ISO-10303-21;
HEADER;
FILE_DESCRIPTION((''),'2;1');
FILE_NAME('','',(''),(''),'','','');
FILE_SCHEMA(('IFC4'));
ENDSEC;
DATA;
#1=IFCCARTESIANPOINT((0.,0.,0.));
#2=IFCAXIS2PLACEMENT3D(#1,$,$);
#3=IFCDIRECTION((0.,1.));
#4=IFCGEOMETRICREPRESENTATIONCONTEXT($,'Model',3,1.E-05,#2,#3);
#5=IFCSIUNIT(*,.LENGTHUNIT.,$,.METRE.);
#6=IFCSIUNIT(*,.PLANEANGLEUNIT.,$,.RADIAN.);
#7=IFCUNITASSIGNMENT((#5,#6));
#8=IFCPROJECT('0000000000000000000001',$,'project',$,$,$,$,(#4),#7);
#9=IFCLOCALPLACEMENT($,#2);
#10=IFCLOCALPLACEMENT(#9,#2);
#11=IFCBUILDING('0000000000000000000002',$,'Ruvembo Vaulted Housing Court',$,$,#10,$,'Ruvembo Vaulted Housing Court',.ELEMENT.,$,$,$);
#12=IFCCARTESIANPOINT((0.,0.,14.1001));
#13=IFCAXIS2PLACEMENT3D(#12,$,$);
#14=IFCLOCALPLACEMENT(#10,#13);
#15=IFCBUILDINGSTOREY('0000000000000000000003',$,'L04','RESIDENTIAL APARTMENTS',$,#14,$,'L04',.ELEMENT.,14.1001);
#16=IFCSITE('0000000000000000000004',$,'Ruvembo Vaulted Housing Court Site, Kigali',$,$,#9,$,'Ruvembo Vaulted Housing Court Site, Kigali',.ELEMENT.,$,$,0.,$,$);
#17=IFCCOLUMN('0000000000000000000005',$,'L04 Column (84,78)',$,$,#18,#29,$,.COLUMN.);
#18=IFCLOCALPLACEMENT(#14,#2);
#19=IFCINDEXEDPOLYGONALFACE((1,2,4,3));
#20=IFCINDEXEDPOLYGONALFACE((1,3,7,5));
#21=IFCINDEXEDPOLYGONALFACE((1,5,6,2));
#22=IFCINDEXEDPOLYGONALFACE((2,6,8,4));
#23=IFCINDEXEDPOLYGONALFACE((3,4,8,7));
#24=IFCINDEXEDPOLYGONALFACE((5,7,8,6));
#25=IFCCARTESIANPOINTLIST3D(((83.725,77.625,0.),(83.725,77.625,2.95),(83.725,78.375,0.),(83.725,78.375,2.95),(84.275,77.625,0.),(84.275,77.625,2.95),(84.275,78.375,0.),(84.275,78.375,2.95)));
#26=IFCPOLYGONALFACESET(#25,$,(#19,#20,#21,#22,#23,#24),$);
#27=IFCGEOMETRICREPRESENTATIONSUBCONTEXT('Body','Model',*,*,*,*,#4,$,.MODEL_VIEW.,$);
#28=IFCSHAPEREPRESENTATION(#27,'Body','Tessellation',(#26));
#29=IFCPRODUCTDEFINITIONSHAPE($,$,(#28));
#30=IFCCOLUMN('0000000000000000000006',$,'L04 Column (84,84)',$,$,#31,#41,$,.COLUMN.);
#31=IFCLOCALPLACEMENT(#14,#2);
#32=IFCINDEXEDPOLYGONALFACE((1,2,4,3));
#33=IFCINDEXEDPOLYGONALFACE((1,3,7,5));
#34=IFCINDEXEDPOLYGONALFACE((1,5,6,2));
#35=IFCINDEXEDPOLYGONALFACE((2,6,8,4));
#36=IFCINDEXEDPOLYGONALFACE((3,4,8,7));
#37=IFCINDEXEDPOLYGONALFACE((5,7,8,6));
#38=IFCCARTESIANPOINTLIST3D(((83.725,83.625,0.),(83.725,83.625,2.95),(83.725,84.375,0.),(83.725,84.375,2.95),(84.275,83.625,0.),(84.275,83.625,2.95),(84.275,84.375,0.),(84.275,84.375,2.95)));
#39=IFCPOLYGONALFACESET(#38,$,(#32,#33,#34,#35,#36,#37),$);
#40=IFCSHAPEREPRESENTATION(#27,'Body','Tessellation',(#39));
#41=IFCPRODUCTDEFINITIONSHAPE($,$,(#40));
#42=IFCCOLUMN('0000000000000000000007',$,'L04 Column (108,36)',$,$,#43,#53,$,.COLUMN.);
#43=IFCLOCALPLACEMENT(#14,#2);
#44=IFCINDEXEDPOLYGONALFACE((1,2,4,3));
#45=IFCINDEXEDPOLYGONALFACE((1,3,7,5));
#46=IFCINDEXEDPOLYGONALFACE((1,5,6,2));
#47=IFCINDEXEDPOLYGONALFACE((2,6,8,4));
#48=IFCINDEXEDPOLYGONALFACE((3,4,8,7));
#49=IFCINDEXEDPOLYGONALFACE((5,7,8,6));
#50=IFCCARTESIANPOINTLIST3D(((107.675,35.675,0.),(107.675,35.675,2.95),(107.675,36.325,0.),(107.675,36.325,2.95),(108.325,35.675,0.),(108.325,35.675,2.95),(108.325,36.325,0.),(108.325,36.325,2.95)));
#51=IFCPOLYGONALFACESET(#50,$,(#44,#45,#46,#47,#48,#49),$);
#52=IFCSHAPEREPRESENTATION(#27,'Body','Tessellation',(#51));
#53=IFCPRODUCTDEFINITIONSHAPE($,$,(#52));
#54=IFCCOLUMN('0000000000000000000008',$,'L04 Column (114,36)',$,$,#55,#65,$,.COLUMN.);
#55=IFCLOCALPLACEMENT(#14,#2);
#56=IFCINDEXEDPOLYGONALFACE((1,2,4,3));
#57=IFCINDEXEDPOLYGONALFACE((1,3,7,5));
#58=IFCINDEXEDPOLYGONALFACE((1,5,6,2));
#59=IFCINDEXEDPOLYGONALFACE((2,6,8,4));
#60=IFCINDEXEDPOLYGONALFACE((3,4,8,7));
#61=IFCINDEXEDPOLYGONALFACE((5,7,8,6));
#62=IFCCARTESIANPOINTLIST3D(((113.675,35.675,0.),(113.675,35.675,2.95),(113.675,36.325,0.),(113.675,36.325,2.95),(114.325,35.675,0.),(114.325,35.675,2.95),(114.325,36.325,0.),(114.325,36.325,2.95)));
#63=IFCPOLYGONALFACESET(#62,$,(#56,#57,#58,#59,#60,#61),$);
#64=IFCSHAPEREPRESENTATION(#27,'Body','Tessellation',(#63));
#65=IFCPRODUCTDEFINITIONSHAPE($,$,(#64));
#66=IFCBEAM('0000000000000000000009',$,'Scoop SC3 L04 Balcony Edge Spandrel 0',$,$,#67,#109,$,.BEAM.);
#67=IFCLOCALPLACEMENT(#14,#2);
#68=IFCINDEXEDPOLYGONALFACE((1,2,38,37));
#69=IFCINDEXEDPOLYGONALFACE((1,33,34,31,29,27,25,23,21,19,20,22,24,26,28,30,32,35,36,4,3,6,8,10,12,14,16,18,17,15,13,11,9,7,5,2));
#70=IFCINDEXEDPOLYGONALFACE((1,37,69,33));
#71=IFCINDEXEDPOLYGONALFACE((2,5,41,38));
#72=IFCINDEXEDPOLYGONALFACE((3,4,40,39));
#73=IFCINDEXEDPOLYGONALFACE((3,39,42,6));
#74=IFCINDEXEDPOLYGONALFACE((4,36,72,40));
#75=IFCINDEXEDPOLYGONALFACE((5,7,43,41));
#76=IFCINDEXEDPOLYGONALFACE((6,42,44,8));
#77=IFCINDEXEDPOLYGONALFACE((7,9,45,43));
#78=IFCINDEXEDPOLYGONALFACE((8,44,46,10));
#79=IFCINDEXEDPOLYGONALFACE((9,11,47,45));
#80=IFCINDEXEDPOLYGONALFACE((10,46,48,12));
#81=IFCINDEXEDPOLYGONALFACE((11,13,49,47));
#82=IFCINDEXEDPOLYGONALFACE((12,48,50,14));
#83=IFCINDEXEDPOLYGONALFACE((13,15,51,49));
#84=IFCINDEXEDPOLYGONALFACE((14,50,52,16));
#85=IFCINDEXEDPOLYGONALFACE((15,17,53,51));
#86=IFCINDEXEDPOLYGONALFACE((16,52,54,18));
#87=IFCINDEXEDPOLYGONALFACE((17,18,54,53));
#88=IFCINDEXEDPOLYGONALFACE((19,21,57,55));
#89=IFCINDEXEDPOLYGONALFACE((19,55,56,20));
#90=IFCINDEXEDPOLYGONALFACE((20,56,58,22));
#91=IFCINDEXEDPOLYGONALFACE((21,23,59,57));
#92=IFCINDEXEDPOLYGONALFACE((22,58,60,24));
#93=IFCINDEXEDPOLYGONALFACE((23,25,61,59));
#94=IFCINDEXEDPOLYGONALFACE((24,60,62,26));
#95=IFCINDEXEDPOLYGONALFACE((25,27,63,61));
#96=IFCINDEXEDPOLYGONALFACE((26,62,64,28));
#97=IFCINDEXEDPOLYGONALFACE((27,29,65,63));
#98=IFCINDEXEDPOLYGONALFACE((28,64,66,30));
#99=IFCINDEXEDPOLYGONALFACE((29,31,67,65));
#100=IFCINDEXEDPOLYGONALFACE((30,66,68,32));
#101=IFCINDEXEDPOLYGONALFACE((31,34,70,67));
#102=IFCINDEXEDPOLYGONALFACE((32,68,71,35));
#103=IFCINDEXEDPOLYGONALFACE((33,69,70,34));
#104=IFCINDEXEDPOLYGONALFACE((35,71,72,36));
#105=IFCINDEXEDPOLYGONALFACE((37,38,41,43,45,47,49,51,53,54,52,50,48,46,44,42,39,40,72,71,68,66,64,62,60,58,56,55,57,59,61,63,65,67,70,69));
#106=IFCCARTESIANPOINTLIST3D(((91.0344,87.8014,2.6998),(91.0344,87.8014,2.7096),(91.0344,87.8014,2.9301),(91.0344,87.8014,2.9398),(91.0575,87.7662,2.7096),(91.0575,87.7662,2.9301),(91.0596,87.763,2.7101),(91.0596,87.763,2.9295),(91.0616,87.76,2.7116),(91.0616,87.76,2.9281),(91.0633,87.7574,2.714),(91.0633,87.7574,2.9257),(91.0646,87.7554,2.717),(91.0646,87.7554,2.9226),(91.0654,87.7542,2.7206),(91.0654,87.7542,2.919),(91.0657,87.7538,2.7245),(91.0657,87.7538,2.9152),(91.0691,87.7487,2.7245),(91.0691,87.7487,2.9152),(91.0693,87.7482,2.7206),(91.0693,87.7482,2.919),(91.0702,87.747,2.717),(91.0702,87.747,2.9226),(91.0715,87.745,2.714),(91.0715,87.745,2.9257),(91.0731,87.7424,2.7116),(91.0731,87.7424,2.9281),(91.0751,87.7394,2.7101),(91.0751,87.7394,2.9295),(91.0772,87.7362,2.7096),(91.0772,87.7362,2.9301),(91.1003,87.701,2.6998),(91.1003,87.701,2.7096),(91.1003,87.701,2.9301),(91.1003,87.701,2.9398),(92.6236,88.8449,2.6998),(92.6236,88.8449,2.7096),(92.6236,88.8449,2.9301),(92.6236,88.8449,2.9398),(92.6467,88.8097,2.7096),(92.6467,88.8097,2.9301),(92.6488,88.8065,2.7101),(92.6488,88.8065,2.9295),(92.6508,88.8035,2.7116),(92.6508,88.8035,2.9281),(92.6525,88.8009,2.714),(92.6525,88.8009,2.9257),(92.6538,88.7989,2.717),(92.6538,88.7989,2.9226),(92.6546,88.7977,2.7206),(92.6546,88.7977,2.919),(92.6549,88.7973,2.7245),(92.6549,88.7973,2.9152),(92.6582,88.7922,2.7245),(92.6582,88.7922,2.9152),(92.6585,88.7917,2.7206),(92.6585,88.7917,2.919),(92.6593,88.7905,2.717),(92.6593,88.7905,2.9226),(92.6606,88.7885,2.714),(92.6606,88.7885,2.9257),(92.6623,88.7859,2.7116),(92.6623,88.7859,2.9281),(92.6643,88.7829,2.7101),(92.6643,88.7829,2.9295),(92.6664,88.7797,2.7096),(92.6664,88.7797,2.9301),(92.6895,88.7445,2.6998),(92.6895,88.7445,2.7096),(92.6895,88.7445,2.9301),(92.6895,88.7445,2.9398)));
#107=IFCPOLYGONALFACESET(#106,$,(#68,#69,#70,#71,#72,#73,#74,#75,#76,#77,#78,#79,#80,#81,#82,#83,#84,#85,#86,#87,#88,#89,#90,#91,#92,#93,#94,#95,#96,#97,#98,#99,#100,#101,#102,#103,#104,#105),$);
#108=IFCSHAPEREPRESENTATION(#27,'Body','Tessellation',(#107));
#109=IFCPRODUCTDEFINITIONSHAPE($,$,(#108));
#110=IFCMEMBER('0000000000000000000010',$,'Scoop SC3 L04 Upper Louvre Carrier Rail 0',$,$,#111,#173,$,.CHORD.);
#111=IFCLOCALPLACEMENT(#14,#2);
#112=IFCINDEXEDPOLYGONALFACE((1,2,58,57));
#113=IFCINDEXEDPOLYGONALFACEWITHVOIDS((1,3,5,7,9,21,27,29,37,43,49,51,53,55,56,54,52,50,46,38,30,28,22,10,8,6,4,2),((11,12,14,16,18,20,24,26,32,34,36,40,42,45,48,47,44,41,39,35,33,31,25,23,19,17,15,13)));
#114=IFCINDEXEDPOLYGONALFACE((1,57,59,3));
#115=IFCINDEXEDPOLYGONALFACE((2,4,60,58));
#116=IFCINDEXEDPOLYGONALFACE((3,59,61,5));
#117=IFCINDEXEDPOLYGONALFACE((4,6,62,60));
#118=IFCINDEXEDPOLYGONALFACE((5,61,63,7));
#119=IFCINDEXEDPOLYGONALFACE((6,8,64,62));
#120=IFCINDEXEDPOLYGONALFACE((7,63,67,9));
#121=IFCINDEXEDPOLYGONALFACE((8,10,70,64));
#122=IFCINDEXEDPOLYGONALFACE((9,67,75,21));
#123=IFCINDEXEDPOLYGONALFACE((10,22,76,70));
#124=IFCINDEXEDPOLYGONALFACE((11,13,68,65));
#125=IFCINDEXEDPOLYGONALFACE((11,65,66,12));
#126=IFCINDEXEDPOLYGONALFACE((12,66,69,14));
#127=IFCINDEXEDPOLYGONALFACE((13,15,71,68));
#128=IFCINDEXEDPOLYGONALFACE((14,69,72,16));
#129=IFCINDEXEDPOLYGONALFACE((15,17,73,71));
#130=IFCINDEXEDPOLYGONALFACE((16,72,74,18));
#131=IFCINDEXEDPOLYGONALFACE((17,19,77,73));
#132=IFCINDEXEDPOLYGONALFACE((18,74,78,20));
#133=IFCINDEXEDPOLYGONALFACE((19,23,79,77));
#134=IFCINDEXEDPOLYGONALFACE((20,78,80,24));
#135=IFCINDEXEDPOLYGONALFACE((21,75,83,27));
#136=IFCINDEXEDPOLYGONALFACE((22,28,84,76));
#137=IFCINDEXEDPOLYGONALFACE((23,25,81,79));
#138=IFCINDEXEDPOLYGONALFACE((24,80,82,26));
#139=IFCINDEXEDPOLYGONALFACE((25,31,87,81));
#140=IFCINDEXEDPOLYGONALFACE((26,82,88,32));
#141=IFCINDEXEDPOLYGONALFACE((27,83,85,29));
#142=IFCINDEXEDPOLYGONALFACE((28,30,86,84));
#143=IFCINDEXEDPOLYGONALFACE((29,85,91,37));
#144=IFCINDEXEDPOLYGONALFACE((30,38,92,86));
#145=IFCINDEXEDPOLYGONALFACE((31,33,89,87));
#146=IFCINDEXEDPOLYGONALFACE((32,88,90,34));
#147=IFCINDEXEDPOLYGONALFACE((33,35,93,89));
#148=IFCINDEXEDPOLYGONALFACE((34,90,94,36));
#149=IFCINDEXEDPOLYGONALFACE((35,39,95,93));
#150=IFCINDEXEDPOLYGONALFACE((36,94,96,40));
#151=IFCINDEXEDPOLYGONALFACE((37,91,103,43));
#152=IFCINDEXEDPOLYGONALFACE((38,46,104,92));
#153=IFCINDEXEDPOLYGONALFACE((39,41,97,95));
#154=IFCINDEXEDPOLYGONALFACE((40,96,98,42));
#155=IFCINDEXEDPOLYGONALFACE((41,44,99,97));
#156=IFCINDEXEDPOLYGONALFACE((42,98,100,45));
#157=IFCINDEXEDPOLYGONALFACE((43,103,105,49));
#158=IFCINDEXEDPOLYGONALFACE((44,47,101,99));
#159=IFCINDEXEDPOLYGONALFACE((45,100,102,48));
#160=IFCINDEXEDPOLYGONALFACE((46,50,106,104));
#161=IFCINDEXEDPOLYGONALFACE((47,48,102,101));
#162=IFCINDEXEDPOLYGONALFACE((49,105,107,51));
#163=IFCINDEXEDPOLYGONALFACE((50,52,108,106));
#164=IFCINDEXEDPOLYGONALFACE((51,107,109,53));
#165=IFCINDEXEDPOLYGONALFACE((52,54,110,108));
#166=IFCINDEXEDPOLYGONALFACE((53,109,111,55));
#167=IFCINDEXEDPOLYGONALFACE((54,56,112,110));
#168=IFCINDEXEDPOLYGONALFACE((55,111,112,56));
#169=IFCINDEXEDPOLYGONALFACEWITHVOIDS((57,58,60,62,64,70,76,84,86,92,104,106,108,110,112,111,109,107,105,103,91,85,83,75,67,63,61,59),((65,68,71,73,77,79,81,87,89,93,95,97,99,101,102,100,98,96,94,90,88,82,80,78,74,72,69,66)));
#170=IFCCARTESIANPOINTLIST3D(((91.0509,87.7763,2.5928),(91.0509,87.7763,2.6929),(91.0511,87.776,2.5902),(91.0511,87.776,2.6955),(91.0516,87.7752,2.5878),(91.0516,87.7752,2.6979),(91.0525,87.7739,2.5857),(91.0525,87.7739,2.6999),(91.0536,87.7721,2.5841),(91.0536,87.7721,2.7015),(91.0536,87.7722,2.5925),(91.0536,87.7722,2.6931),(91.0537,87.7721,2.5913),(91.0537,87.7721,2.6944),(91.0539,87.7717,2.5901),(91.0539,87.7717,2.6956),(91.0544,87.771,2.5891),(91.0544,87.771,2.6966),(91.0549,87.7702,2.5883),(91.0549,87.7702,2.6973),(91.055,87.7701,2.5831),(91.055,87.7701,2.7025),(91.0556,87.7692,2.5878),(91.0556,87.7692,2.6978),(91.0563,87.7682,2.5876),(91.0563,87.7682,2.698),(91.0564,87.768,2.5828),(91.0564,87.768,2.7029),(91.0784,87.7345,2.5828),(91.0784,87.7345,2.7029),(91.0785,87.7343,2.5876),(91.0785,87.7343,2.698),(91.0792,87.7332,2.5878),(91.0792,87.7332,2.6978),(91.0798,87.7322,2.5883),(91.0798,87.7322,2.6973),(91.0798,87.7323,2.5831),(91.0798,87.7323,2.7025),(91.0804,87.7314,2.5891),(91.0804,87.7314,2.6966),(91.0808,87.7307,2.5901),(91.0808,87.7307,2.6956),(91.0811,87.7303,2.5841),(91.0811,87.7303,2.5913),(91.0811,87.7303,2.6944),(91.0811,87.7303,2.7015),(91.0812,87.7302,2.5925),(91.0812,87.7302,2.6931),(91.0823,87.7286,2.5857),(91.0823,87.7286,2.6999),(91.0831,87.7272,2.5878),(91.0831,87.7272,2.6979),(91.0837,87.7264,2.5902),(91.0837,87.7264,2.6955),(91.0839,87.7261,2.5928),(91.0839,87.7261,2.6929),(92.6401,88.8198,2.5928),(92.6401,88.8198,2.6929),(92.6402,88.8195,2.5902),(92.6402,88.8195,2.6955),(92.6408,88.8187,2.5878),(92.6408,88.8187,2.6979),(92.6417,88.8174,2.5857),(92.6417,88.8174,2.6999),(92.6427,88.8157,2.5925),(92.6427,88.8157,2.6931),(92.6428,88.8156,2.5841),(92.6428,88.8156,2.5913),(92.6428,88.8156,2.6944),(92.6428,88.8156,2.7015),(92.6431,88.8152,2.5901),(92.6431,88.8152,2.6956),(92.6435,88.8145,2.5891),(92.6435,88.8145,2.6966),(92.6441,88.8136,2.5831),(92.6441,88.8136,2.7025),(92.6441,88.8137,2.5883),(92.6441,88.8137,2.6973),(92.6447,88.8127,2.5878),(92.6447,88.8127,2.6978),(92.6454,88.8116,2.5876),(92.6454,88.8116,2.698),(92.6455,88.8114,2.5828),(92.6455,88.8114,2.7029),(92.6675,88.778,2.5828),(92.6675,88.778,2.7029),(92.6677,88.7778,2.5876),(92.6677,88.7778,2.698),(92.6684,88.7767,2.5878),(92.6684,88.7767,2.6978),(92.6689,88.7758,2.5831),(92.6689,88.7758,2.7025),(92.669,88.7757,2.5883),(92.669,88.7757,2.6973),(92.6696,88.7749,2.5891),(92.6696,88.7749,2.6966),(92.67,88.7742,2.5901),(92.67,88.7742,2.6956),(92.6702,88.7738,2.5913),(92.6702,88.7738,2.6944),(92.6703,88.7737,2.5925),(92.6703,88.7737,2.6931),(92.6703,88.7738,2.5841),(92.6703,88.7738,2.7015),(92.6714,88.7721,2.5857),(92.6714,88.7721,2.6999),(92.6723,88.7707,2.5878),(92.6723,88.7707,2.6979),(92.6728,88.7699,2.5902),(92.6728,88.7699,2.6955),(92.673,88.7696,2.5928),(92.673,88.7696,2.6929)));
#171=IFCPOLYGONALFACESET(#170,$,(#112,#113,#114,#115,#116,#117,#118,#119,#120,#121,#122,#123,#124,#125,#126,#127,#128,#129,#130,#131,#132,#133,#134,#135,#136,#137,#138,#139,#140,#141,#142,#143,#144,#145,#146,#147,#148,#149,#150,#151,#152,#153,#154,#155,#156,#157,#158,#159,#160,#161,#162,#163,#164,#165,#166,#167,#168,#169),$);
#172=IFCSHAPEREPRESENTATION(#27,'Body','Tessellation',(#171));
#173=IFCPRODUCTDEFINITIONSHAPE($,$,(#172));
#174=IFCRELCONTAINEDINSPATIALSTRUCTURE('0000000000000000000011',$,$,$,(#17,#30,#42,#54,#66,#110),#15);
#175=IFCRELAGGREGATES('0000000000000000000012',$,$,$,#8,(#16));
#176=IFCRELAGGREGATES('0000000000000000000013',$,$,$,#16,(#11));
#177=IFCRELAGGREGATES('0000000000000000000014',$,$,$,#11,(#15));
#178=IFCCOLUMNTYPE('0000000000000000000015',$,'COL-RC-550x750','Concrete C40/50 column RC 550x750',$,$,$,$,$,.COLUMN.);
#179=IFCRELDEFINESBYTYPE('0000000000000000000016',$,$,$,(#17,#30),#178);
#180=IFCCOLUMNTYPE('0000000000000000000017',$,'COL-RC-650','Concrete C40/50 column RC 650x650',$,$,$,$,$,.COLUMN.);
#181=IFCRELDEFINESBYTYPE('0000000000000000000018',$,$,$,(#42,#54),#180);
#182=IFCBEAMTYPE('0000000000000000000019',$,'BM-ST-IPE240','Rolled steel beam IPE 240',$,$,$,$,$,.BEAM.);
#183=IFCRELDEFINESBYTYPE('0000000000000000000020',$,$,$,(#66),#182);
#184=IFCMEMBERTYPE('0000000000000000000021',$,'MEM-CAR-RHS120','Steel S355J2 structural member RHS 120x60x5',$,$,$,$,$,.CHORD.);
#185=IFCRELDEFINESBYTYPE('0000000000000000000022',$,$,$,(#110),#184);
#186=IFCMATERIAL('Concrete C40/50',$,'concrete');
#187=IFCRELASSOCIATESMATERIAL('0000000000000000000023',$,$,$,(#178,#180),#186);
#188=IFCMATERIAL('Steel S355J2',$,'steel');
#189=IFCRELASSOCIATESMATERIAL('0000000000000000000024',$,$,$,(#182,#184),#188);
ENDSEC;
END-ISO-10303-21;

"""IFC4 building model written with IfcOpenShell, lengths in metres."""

from ifc_helpers import new_model, si_unit, direction, frame, origin, origin_2d, place, context, subcontext, project, spatial, rectangle, hollow_rectangle, i_section, extrude, material, material_profile, profile_set, type_object, element, save


model = new_model("IFC4")

# Units and contexts
model_context = context("Model", 3, precision=1e-05, world=origin(), true_north=direction((0.0, 1.0)))
body_context = subcontext(model_context, "Body", "Model", "MODEL_VIEW")
ifc_project = project(units=[si_unit("LENGTHUNIT", "METRE"), si_unit("PLANEANGLEUNIT", "RADIAN")], contexts=[model_context])

# Site, building, storey
site_placement = place(None, origin())
site = spatial("IfcSite", under=ifc_project, at=site_placement, Name="Ruvembo Vaulted Housing Court Site, Kigali", LongName="Ruvembo Vaulted Housing Court Site, Kigali", CompositionType="ELEMENT", RefElevation=0.0)
building_placement = place(site_placement, origin())
building = spatial("IfcBuilding", under=site, at=building_placement, Name="Ruvembo Vaulted Housing Court", LongName="Ruvembo Vaulted Housing Court", CompositionType="ELEMENT")
storey_placement = place(building_placement, frame((0.0, 0.0, 14.1001)))
storey = spatial("IfcBuildingStorey", under=building, at=storey_placement, Name="L04", Description="RESIDENTIAL APARTMENTS", LongName="L04", CompositionType="ELEMENT", Elevation=14.1001)

# Columns
ifc_material_1 = material(Name="Concrete C40/50", Category="concrete")
ifc_material_profile_1 = material_profile(ifc_material_1, rectangle(XDim=0.55, YDim=0.75, at=origin_2d()), Name="RC 550x750")
ifc_profile_set_1 = profile_set([ifc_material_profile_1], Name="Concrete C40/50")
column_type_1 = type_object("IfcColumnType", Name="COL-RC-550x750", Description="Concrete C40/50 column RC 550x750", PredefinedType="COLUMN", material=ifc_profile_set_1)
for number, where, z_axis, x_axis, name in (
    (1, (84.0, 78.0, 0.0), (0.0, 0.0, 1.0), (1.0, 0.0, 0.0), "L04 Column (84,78)"),
    (2, (84.0, 84.0, 0.0), (0.0, 0.0, 1.0), (1.0, 0.0, 0.0), "L04 Column (84,84)"),
):
    element("IfcColumn", number, at=place(storey_placement, frame(where, z_axis=z_axis, x_axis=x_axis)), inside=storey, type_object=column_type_1, Name=name, PredefinedType="COLUMN", context=body_context, shape_type="SweptSolid", body=[
        extrude(rectangle(XDim=0.55, YDim=0.75, at=origin_2d()), origin(), (0.0, 0.0, 1.0), 2.95),
    ])
ifc_material_profile_2 = material_profile(ifc_material_1, rectangle(XDim=0.6499, YDim=0.6499, at=origin_2d()), Name="RC 650x650")
ifc_profile_set_2 = profile_set([ifc_material_profile_2], Name="Concrete C40/50")
column_type_2 = type_object("IfcColumnType", Name="COL-RC-650", Description="Concrete C40/50 column RC 650x650", PredefinedType="COLUMN", material=ifc_profile_set_2)
for number, where, z_axis, x_axis, name in (
    (3, (108.0, 36.0, 0.0), (0.0, 0.0, 1.0), (1.0, 0.0, 0.0), "L04 Column (108,36)"),
    (4, (114.0, 36.0, 0.0), (0.0, 0.0, 1.0), (1.0, 0.0, 0.0), "L04 Column (114,36)"),
):
    element("IfcColumn", number, at=place(storey_placement, frame(where, z_axis=z_axis, x_axis=x_axis)), inside=storey, type_object=column_type_2, Name=name, PredefinedType="COLUMN", context=body_context, shape_type="SweptSolid", body=[
        extrude(rectangle(XDim=0.6499, YDim=0.6499, at=origin_2d()), origin(), (0.0, 0.0, 1.0), 2.95),
    ])

# Beam
ifc_material_2 = material(Name="Steel S355J2", Category="steel")
ifc_material_profile_3 = material_profile(ifc_material_2, i_section(OverallWidth=0.1201, OverallDepth=0.24, WebThickness=0.0061, FlangeThickness=0.0098, FilletRadius=0.0149, at=origin_2d()), Name="IPE 240")
ifc_profile_set_3 = profile_set([ifc_material_profile_3], Name="Steel S355J2")
beam_type_1 = type_object("IfcBeamType", Name="BM-ST-IPE240", Description="Rolled steel beam IPE 240", PredefinedType="BEAM", material=ifc_profile_set_3)
beam_1_placement = place(storey_placement, frame((91.0674, 87.7512, 2.8198), z_axis=(0.835902, 0.548878, 0.0), x_axis=(-0.548878, 0.835902, 0.0)))
element("IfcBeam", 5, at=beam_1_placement, inside=storey, type_object=beam_type_1, Name="Scoop SC3 L04 Balcony Edge Spandrel 0", PredefinedType="BEAM", context=body_context, shape_type="SweptSolid", body=[
    extrude(i_section(OverallWidth=0.1201, OverallDepth=0.24, WebThickness=0.0061, FlangeThickness=0.0098, FilletRadius=0.0149, at=origin_2d()), origin(), (0.0, 0.0, 1.0), 1.9011),
])

# Member
ifc_material_profile_4 = material_profile(ifc_material_2, hollow_rectangle(XDim=0.0601, YDim=0.1201, WallThickness=0.0049, InnerFilletRadius=0.0049, OuterFilletRadius=0.01, at=origin_2d()), Name="RHS 120x60x5")
ifc_profile_set_4 = profile_set([ifc_material_profile_4], Name="Steel S355J2")
member_type_1 = type_object("IfcMemberType", Name="MEM-CAR-RHS120", Description="Steel S355J2 structural member RHS 120x60x5", PredefinedType="CHORD", material=ifc_profile_set_4)
member_1_placement = place(storey_placement, frame((91.0674, 87.7512, 2.6428), z_axis=(0.835902, 0.548878, 0.0), x_axis=(-0.548878, 0.835902, 0.0)))
element("IfcMember", 6, at=member_1_placement, inside=storey, type_object=member_type_1, Name="Scoop SC3 L04 Upper Louvre Carrier Rail 0", PredefinedType="CHORD", context=body_context, shape_type="SweptSolid", body=[
    extrude(hollow_rectangle(XDim=0.0601, YDim=0.1201, WallThickness=0.0049, InnerFilletRadius=0.0049, OuterFilletRadius=0.01, at=origin_2d()), origin(), (0.0, 0.0, 1.0), 1.9011),
])

save(model, "model.ifc")
